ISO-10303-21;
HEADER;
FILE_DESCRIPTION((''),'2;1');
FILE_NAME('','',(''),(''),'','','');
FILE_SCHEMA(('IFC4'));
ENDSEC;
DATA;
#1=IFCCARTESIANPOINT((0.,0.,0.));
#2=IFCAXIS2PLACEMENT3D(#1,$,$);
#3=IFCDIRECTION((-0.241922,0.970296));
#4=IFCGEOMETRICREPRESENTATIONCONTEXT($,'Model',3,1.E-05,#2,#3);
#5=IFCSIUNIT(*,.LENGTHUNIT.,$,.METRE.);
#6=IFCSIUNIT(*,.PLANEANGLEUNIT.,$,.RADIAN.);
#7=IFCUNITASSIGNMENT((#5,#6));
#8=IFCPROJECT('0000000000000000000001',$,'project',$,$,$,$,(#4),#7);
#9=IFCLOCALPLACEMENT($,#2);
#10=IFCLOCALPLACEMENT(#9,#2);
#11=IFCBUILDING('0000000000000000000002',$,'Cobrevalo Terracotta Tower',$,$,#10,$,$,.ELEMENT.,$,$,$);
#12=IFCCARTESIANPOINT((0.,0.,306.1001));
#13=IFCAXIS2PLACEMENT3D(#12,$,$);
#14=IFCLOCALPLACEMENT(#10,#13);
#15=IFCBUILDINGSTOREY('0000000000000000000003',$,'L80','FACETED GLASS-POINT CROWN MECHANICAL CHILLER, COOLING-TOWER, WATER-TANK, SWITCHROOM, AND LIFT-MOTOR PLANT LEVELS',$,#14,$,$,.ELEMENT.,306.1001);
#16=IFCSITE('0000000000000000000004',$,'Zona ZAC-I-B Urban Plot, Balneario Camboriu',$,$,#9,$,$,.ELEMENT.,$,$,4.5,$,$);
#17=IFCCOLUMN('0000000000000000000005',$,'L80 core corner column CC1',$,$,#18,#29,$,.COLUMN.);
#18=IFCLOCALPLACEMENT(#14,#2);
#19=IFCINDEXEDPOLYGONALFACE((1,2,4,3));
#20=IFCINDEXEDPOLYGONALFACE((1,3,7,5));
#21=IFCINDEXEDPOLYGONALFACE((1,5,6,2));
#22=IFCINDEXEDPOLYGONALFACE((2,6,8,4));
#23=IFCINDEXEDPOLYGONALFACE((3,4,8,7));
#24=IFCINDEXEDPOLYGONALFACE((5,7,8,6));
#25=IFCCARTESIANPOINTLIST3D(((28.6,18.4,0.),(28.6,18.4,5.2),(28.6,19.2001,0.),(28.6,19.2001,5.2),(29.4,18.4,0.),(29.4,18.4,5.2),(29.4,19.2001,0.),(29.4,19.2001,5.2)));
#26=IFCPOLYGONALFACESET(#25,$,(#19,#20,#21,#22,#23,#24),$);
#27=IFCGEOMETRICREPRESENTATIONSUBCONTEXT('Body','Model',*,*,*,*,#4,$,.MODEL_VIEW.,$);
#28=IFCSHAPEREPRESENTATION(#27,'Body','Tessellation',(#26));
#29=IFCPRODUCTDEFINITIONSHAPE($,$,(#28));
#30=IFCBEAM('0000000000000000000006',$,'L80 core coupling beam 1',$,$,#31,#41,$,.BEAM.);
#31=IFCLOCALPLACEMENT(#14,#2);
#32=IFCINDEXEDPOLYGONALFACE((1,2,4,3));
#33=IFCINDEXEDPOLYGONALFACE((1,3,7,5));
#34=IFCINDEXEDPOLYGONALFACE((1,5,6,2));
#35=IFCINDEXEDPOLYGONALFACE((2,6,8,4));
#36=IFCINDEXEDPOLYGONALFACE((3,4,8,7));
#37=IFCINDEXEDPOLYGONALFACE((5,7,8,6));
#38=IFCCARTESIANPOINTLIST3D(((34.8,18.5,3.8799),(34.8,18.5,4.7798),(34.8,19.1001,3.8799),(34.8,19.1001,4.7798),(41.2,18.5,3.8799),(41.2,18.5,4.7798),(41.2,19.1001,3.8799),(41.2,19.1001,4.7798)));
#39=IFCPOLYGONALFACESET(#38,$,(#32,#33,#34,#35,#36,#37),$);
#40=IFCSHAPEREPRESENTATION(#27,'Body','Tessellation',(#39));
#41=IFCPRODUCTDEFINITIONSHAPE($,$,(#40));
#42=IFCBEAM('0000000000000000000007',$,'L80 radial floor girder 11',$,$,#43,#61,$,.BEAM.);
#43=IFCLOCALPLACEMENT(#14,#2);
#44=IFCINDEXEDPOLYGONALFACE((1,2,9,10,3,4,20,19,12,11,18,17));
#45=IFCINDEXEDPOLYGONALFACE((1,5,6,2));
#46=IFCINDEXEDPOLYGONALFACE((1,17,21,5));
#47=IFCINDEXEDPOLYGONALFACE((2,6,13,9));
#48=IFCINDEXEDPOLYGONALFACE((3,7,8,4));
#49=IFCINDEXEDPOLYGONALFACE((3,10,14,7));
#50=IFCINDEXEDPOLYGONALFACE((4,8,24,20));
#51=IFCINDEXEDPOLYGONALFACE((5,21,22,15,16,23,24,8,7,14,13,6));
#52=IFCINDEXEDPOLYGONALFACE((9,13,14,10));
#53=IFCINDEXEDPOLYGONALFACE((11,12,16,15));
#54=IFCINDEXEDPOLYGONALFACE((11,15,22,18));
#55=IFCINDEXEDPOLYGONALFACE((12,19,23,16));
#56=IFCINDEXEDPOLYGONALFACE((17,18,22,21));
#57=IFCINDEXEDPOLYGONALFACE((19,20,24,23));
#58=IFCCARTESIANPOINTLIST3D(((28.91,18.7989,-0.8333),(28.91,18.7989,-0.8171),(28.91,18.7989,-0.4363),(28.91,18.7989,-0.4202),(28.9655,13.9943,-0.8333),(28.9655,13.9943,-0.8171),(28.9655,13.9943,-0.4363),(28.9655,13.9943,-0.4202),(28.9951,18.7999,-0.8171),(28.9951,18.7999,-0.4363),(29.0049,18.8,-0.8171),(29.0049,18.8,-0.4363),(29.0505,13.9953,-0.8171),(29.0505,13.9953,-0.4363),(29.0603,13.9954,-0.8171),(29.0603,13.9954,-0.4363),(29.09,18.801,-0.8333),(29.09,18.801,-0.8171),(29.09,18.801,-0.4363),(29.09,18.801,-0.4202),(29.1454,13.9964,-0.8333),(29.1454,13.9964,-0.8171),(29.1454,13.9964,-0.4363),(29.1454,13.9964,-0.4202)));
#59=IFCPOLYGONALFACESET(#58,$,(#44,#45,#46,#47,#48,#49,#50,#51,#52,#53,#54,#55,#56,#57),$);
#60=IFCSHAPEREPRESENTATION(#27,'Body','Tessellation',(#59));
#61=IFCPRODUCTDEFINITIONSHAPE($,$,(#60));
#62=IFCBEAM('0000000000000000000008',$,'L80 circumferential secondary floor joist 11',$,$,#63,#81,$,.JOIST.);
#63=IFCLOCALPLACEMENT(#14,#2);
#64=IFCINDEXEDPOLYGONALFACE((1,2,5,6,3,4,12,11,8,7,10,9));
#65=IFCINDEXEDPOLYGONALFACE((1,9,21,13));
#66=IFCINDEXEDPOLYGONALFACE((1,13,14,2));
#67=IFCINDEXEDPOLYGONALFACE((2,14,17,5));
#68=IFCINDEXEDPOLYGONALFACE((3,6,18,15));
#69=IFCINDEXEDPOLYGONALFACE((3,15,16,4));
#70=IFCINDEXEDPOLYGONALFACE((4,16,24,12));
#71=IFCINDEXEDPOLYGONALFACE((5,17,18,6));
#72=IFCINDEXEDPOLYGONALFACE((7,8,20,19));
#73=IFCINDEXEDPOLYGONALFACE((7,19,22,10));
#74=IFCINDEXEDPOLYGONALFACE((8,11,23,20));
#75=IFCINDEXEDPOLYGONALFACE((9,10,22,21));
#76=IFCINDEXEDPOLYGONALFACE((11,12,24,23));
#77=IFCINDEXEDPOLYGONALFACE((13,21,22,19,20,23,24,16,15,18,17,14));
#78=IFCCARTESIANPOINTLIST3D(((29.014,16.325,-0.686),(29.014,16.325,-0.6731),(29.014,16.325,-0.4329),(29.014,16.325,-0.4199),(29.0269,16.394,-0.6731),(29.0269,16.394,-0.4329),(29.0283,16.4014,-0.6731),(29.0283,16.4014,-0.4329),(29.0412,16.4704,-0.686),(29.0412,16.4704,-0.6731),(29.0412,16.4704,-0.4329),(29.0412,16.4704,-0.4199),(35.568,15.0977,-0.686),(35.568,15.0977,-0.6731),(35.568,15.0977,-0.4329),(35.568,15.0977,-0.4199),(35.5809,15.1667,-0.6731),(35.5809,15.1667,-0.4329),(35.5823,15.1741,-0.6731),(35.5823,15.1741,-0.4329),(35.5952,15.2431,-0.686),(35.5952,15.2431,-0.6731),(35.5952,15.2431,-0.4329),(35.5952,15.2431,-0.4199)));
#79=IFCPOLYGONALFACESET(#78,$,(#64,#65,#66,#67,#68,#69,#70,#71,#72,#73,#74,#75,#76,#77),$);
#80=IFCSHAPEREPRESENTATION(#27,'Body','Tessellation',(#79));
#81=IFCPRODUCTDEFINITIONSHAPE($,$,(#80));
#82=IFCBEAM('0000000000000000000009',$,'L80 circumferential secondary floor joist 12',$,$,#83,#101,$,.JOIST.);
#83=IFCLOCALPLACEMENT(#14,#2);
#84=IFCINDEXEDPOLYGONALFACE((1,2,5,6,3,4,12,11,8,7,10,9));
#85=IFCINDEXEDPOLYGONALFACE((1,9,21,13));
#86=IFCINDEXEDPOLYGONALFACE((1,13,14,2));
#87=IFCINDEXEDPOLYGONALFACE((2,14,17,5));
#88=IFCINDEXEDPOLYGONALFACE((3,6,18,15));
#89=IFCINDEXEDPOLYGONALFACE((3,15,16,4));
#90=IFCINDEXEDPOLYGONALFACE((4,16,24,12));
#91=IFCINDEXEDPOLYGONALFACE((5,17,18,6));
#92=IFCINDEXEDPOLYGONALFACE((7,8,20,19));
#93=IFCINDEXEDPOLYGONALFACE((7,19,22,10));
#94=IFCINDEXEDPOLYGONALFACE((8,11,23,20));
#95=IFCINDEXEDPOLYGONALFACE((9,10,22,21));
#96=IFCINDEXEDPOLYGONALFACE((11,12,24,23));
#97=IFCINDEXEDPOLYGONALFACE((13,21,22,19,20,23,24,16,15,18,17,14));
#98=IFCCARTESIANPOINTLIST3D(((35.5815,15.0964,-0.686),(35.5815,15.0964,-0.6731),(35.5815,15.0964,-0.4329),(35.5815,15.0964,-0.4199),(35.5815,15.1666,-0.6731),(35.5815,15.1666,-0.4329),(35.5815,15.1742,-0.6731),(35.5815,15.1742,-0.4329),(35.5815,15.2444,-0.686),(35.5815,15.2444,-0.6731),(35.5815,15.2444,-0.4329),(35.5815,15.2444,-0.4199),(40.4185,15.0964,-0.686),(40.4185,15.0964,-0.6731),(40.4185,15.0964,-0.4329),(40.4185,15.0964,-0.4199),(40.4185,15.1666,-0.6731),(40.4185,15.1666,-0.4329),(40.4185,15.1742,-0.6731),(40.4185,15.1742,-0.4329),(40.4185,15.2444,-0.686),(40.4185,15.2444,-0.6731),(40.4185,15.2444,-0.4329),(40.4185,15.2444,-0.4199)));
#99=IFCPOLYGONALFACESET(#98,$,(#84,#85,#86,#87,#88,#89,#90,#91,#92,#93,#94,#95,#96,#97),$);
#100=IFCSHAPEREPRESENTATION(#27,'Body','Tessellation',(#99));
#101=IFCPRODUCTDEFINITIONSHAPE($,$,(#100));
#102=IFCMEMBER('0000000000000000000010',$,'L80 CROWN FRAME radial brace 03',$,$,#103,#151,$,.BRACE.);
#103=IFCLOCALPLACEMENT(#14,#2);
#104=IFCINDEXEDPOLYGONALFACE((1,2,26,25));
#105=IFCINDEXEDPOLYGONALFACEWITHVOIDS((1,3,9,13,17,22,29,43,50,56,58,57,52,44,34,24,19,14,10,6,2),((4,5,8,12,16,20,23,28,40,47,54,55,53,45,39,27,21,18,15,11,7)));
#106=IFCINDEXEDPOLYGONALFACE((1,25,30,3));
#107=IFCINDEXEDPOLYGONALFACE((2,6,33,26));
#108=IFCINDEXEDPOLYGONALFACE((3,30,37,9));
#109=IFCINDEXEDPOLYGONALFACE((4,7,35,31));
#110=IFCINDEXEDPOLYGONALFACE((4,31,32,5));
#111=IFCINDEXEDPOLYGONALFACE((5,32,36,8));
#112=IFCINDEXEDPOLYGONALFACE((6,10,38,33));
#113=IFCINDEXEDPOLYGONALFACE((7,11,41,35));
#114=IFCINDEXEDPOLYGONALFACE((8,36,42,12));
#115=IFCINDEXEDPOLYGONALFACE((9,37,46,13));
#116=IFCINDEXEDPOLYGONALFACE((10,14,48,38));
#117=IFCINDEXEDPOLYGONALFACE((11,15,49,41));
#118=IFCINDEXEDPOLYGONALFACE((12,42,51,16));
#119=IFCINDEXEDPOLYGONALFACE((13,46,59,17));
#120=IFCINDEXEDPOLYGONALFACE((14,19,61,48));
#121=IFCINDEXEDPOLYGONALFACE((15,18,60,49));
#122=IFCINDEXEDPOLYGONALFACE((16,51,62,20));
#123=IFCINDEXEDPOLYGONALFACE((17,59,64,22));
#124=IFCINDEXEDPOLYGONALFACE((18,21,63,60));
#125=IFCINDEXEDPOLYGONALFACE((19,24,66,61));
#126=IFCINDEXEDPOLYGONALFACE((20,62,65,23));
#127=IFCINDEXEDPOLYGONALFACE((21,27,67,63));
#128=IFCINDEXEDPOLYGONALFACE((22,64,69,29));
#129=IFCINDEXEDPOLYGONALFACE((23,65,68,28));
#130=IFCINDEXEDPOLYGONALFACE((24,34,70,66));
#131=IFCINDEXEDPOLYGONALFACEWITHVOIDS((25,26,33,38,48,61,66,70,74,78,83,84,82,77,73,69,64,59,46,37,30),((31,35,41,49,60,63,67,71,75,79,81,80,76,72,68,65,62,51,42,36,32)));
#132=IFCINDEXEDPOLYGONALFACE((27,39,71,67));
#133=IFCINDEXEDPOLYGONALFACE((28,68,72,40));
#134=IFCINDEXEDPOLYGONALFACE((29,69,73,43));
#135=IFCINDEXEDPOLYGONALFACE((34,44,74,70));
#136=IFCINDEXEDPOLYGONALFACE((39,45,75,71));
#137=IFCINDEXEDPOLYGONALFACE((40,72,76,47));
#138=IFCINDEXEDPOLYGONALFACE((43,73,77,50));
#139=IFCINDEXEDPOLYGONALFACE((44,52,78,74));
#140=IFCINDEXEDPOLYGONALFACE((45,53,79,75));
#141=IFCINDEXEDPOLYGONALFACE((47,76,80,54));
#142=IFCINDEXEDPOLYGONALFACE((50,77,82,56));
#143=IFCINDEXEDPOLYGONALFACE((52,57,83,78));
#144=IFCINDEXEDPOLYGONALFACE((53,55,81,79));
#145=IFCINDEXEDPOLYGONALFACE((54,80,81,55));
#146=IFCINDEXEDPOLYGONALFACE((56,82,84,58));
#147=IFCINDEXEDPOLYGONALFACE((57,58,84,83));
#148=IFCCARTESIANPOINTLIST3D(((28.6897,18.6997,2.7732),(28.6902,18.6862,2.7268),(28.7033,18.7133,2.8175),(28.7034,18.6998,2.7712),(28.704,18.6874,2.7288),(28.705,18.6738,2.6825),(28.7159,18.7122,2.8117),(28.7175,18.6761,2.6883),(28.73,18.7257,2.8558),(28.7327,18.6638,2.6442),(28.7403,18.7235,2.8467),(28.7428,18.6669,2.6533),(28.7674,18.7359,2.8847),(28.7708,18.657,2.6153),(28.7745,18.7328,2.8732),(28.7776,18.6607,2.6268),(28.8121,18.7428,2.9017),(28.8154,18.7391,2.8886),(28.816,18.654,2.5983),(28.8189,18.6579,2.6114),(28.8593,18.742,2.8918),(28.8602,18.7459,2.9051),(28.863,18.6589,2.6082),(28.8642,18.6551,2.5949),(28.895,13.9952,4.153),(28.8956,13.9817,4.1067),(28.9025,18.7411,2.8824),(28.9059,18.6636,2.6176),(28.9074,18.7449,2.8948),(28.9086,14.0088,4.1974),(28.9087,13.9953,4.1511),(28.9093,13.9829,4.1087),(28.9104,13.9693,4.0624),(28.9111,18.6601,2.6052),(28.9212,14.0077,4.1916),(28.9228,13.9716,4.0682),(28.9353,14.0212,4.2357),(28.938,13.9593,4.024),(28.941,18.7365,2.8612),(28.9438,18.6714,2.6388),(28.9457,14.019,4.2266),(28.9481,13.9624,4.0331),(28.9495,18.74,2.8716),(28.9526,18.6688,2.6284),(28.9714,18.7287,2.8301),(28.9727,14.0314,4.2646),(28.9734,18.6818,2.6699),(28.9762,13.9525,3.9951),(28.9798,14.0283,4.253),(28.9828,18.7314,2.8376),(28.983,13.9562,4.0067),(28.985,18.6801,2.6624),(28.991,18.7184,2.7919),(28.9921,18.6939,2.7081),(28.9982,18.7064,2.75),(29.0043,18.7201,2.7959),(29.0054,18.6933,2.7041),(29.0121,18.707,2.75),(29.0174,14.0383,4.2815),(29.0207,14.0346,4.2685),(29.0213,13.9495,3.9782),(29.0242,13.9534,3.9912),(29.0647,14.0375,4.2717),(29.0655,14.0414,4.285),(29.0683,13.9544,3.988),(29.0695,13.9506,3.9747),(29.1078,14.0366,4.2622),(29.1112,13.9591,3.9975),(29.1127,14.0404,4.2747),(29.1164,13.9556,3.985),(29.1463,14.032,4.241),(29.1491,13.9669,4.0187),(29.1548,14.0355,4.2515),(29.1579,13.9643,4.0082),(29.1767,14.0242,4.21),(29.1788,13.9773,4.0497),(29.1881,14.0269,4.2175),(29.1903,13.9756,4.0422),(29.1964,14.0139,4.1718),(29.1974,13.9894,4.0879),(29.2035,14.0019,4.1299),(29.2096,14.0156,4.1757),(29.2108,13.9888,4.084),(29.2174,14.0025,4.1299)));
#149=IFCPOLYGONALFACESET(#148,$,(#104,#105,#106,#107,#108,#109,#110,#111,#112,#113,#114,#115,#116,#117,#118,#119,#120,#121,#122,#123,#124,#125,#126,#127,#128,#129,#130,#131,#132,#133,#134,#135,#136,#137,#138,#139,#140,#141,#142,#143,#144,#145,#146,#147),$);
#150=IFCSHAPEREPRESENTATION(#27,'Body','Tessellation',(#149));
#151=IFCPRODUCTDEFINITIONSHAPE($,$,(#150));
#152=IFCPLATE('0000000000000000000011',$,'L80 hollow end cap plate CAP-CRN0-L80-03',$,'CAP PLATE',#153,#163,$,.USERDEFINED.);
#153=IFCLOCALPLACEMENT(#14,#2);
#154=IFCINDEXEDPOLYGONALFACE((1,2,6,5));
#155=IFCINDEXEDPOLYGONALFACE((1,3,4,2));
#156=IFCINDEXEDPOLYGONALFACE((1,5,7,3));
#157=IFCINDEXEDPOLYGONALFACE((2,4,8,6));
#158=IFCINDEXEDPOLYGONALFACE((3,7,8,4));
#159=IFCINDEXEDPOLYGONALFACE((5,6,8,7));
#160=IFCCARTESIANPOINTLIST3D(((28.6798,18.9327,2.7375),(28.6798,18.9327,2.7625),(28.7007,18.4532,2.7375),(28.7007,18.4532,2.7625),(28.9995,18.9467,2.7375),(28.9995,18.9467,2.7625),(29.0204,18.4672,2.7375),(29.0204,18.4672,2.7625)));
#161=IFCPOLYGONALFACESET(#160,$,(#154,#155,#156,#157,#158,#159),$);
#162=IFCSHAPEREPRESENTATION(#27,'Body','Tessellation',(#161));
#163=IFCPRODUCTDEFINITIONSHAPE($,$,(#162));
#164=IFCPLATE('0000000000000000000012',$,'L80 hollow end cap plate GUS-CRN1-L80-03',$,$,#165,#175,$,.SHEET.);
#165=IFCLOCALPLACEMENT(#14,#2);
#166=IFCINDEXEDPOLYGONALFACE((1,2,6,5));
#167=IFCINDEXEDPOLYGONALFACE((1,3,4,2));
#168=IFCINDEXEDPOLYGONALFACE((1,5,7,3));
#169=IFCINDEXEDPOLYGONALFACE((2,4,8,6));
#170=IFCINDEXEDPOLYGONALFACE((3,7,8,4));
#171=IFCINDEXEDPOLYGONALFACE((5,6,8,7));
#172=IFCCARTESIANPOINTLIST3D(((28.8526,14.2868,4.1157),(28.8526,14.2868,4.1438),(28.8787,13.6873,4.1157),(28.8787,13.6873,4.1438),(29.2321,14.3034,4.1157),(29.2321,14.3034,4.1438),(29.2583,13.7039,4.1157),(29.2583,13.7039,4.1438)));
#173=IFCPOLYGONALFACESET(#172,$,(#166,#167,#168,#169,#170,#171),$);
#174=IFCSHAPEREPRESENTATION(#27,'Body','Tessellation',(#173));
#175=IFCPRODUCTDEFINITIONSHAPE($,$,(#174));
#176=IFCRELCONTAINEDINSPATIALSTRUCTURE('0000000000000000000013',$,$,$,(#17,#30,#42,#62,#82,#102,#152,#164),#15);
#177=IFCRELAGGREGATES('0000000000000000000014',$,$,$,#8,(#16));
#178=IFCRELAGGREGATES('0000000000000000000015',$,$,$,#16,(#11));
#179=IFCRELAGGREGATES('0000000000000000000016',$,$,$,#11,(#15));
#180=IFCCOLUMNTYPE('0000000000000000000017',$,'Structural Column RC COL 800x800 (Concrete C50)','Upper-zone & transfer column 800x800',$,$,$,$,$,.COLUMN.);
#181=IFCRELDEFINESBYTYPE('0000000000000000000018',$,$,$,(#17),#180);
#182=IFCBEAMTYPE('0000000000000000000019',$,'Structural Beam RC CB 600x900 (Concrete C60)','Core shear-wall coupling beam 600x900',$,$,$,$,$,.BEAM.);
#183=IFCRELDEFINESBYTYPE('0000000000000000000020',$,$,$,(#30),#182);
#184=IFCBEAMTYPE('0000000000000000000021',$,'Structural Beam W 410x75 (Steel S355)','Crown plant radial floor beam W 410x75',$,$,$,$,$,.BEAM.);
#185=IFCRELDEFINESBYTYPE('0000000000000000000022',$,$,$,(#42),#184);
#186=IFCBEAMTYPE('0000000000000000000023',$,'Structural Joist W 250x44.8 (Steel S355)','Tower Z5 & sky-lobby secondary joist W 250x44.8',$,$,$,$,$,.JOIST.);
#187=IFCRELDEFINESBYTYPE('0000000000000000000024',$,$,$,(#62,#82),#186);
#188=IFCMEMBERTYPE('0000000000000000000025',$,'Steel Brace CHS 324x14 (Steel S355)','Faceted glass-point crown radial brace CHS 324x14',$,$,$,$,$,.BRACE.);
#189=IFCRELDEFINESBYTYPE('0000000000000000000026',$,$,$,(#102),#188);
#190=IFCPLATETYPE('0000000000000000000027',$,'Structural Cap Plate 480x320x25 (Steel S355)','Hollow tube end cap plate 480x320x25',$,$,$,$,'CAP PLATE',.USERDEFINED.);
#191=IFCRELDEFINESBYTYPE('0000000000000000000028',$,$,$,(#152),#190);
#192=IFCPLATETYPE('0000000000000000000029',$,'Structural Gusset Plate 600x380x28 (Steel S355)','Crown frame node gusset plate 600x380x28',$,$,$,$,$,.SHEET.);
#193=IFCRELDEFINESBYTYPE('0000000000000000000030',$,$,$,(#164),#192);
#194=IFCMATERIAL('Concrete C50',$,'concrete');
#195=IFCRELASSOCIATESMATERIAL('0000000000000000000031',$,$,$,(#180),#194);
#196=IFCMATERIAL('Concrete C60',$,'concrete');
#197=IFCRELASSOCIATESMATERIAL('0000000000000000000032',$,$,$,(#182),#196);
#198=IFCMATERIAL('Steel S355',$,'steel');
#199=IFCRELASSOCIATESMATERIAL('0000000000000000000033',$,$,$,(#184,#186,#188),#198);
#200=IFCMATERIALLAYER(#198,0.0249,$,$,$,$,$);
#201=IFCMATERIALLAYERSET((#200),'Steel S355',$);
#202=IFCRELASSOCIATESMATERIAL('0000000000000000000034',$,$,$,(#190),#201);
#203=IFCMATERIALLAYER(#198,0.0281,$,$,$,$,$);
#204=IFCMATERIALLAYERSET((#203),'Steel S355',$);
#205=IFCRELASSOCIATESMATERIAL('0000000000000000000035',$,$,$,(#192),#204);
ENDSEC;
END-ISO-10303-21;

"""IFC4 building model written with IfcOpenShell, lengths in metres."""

from ifc_helpers import new_model, si_unit, direction, frame, origin, origin_2d, place, context, subcontext, project, spatial, rectangle, hollow_circle, i_section, extrude, source, transform, mapped, material, layer, layer_set, material_profile, profile_set, type_object, element, save


model = new_model("IFC4")

# Units and contexts
model_context = context("Model", 3, precision=1e-05, world=origin(), true_north=direction((-0.241922, 0.970296)))
body_context = subcontext(model_context, "Body", "Model", "MODEL_VIEW")
ifc_project = project(units=[si_unit("LENGTHUNIT", "METRE"), si_unit("PLANEANGLEUNIT", "RADIAN")], contexts=[model_context])

# Site, building, storey
site_placement = place(None, origin())
site = spatial("IfcSite", under=ifc_project, at=site_placement, Name="Zona ZAC-I-B Urban Plot, Balneario Camboriu", CompositionType="ELEMENT", RefElevation=4.5)
building_placement = place(site_placement, origin())
building = spatial("IfcBuilding", under=site, at=building_placement, Name="Cobrevalo Terracotta Tower", CompositionType="ELEMENT")
storey_placement = place(building_placement, frame((0.0, 0.0, 306.1001)))
storey = spatial("IfcBuildingStorey", under=building, at=storey_placement, Name="L80", Description="FACETED GLASS-POINT CROWN MECHANICAL CHILLER, COOLING-TOWER, WATER-TANK, SWITCHROOM, AND LIFT-MOTOR PLANT LEVELS", CompositionType="ELEMENT", Elevation=306.1001)

# Column
ifc_material_1 = material(Name="Concrete C50", Category="concrete")
ifc_material_profile_1 = material_profile(ifc_material_1, rectangle(XDim=0.8, YDim=0.8, at=origin_2d()), Name="RC COL 800x800")
ifc_profile_set_1 = profile_set([ifc_material_profile_1], Name="Concrete C50")
column_type = type_object("IfcColumnType", Name="Structural Column RC COL 800x800 (Concrete C50)", Description="Upper-zone & transfer column 800x800", PredefinedType="COLUMN", material=ifc_profile_set_1)
column_placement = place(storey_placement, frame((29.0, 18.8, 0.0), z_axis=(0.0, 0.0, 1.0), x_axis=(1.0, 0.0, 0.0)))
element("IfcColumn", 1, at=column_placement, inside=storey, type_object=column_type, Name="L80 core corner column CC1", PredefinedType="COLUMN", context=body_context, shape_type="SweptSolid", body=[
    extrude(rectangle(XDim=0.8, YDim=0.8, at=origin_2d()), origin(), (0.0, 0.0, 1.0), 5.2),
])

# Beams
ifc_material_2 = material(Name="Concrete C60", Category="concrete")
ifc_material_profile_2 = material_profile(ifc_material_2, rectangle(XDim=0.6001, YDim=0.8999, at=origin_2d()), Name="RC CB 600x900")
ifc_profile_set_2 = profile_set([ifc_material_profile_2], Name="Concrete C60")
beam_type_1 = type_object("IfcBeamType", Name="Structural Beam RC CB 600x900 (Concrete C60)", Description="Core shear-wall coupling beam 600x900", PredefinedType="BEAM", material=ifc_profile_set_2)
beam_1_placement = place(storey_placement, frame((34.8, 18.8, 4.3298), z_axis=(1.0, 0.0, 0.0), x_axis=(0.0, 1.0, 0.0)))
element("IfcBeam", 2, at=beam_1_placement, inside=storey, type_object=beam_type_1, Name="L80 core coupling beam 1", PredefinedType="BEAM", context=body_context, shape_type="SweptSolid", body=[
    extrude(rectangle(XDim=0.6001, YDim=0.8999, at=origin_2d()), origin(), (0.0, 0.0, 1.0), 6.3999),
])
ifc_material_3 = material(Name="Steel S355", Category="steel")
ifc_material_profile_3 = material_profile(ifc_material_3, i_section(OverallWidth=0.1799, OverallDepth=0.4131, WebThickness=0.0098, FlangeThickness=0.0161, at=origin_2d()), Name="W 410x75")
ifc_profile_set_3 = profile_set([ifc_material_profile_3], Name="Steel S355")
beam_type_2 = type_object("IfcBeamType", Name="Structural Beam W 410x75 (Steel S355)", Description="Crown plant radial floor beam W 410x75", PredefinedType="BEAM", material=ifc_profile_set_3)
beam_2_placement = place(storey_placement, frame((29.0554, 13.9954, -0.6267), z_axis=(-0.011534, 0.999933, 0.0), x_axis=(-0.999933, -0.011534, 0.0)))
element("IfcBeam", 3, at=beam_2_placement, inside=storey, type_object=beam_type_2, Name="L80 radial floor girder 11", PredefinedType="BEAM", context=body_context, shape_type="SweptSolid", body=[
    extrude(i_section(OverallWidth=0.1799, OverallDepth=0.4131, WebThickness=0.0098, FlangeThickness=0.0161, at=origin_2d()), origin(), (0.0, 0.0, 1.0), 4.8049),
])
ifc_material_profile_4 = material_profile(ifc_material_3, i_section(OverallWidth=0.1479, OverallDepth=0.2661, WebThickness=0.0076, FlangeThickness=0.0129, at=origin_2d()), Name="W 250x44.8")
ifc_profile_set_4 = profile_set([ifc_material_profile_4], Name="Steel S355")
beam_type_3 = type_object("IfcBeamType", Name="Structural Joist W 250x44.8 (Steel S355)", Description="Tower Z5 & sky-lobby secondary joist W 250x44.8", PredefinedType="JOIST", material=ifc_profile_set_4)
beam_3_placement = place(storey_placement, frame((29.0276, 16.3977, -0.553), z_axis=(0.982915, -0.184061, 0.0), x_axis=(0.184061, 0.982915, 0.0)))
element("IfcBeam", 4, at=beam_3_placement, inside=storey, type_object=beam_type_3, Name="L80 circumferential secondary floor joist 11", PredefinedType="JOIST", context=body_context, shape_type="SweptSolid", body=[
    extrude(i_section(OverallWidth=0.1479, OverallDepth=0.2661, WebThickness=0.0076, FlangeThickness=0.0129, at=origin_2d()), origin(), (0.0, 0.0, 1.0), 6.668),
])
beam_4_placement = place(storey_placement, frame((35.5815, 15.1704, -0.553), z_axis=(1.0, 0.0, 0.0), x_axis=(0.0, 1.0, 0.0)))
element("IfcBeam", 5, at=beam_4_placement, inside=storey, type_object=beam_type_3, Name="L80 circumferential secondary floor joist 12", PredefinedType="JOIST", context=body_context, shape_type="SweptSolid", body=[
    extrude(i_section(OverallWidth=0.1479, OverallDepth=0.2661, WebThickness=0.0076, FlangeThickness=0.0129, at=origin_2d()), origin(), (0.0, 0.0, 1.0), 4.8369),
])

# Member
ifc_material_profile_5 = material_profile(ifc_material_3, hollow_circle(Radius=0.1621, WallThickness=0.0139, at=origin_2d()), Name="CHS 324x14")
ifc_profile_set_5 = profile_set([ifc_material_profile_5], Name="Steel S355")
member_type = type_object("IfcMemberType", Name="Steel Brace CHS 324x14 (Steel S355)", Description="Faceted glass-point crown radial brace CHS 324x14", PredefinedType="BRACE", material=ifc_profile_set_5)
shared_shape_1 = source(origin(), body_context, "Body", "SweptSolid", [
    extrude(hollow_circle(Radius=0.1621, WallThickness=0.0139, at=origin_2d()), origin(), (0.0, 0.0, 1.0), 4.907),
])
member_placement = place(storey_placement, frame((28.8501, 18.7, 2.75), z_axis=(0.041842, -0.958736, 0.281203), x_axis=(0.999049, 0.043601, 0.0)))
element("IfcMember", 6, at=member_placement, inside=storey, type_object=member_type, Name="L80 CROWN FRAME radial brace 03", PredefinedType="BRACE", context=body_context, shape_type="MappedRepresentation", body=[
    mapped(shared_shape_1, transform((0.0, 0.0, 0.0), scale=1.0)),
])

# Plates
ifc_layer_1 = layer(ifc_material_3, 0.0249)
ifc_layer_set_1 = layer_set([ifc_layer_1], Name="Steel S355")
plate_type_1 = type_object("IfcPlateType", Name="Structural Cap Plate 480x320x25 (Steel S355)", Description="Hollow tube end cap plate 480x320x25", ElementType="CAP PLATE", PredefinedType="USERDEFINED", material=ifc_layer_set_1)
shared_shape_2 = source(origin(), body_context, "Body", "SweptSolid", [
    extrude(rectangle(XDim=0.48, YDim=0.3201, at=origin_2d()), origin(), (0.0, 0.0, 1.0), 0.0249),
])
plate_1_placement = place(storey_placement, frame((28.8501, 18.7, 2.7375), z_axis=(0.0, 0.0, 1.0), x_axis=(0.0436, -0.999049, 0.0)))
element("IfcPlate", 7, at=plate_1_placement, inside=storey, type_object=plate_type_1, Name="L80 hollow end cap plate CAP-CRN0-L80-03", ObjectType="CAP PLATE", PredefinedType="USERDEFINED", context=body_context, shape_type="MappedRepresentation", body=[
    mapped(shared_shape_2, transform((0.0, 0.0, 0.0), scale=1.0)),
])
ifc_layer_2 = layer(ifc_material_3, 0.0281)
ifc_layer_set_2 = layer_set([ifc_layer_2], Name="Steel S355")
plate_type_2 = type_object("IfcPlateType", Name="Structural Gusset Plate 600x380x28 (Steel S355)", Description="Crown frame node gusset plate 600x380x28", PredefinedType="SHEET", material=ifc_layer_set_2)
shared_shape_3 = source(origin(), body_context, "Body", "SweptSolid", [
    extrude(rectangle(XDim=0.6001, YDim=0.3799, at=origin_2d()), origin(), (0.0, 0.0, 1.0), 0.0281),
])
plate_2_placement = place(storey_placement, frame((29.0554, 13.9954, 4.1157), z_axis=(0.0, 0.0, 1.0), x_axis=(0.0436, -0.999049, 0.0)))
element("IfcPlate", 8, at=plate_2_placement, inside=storey, type_object=plate_type_2, Name="L80 hollow end cap plate GUS-CRN1-L80-03", PredefinedType="SHEET", context=body_context, shape_type="MappedRepresentation", body=[
    mapped(shared_shape_3, transform((0.0, 0.0, 0.0), scale=1.0)),
])

save(model, "model.ifc")
